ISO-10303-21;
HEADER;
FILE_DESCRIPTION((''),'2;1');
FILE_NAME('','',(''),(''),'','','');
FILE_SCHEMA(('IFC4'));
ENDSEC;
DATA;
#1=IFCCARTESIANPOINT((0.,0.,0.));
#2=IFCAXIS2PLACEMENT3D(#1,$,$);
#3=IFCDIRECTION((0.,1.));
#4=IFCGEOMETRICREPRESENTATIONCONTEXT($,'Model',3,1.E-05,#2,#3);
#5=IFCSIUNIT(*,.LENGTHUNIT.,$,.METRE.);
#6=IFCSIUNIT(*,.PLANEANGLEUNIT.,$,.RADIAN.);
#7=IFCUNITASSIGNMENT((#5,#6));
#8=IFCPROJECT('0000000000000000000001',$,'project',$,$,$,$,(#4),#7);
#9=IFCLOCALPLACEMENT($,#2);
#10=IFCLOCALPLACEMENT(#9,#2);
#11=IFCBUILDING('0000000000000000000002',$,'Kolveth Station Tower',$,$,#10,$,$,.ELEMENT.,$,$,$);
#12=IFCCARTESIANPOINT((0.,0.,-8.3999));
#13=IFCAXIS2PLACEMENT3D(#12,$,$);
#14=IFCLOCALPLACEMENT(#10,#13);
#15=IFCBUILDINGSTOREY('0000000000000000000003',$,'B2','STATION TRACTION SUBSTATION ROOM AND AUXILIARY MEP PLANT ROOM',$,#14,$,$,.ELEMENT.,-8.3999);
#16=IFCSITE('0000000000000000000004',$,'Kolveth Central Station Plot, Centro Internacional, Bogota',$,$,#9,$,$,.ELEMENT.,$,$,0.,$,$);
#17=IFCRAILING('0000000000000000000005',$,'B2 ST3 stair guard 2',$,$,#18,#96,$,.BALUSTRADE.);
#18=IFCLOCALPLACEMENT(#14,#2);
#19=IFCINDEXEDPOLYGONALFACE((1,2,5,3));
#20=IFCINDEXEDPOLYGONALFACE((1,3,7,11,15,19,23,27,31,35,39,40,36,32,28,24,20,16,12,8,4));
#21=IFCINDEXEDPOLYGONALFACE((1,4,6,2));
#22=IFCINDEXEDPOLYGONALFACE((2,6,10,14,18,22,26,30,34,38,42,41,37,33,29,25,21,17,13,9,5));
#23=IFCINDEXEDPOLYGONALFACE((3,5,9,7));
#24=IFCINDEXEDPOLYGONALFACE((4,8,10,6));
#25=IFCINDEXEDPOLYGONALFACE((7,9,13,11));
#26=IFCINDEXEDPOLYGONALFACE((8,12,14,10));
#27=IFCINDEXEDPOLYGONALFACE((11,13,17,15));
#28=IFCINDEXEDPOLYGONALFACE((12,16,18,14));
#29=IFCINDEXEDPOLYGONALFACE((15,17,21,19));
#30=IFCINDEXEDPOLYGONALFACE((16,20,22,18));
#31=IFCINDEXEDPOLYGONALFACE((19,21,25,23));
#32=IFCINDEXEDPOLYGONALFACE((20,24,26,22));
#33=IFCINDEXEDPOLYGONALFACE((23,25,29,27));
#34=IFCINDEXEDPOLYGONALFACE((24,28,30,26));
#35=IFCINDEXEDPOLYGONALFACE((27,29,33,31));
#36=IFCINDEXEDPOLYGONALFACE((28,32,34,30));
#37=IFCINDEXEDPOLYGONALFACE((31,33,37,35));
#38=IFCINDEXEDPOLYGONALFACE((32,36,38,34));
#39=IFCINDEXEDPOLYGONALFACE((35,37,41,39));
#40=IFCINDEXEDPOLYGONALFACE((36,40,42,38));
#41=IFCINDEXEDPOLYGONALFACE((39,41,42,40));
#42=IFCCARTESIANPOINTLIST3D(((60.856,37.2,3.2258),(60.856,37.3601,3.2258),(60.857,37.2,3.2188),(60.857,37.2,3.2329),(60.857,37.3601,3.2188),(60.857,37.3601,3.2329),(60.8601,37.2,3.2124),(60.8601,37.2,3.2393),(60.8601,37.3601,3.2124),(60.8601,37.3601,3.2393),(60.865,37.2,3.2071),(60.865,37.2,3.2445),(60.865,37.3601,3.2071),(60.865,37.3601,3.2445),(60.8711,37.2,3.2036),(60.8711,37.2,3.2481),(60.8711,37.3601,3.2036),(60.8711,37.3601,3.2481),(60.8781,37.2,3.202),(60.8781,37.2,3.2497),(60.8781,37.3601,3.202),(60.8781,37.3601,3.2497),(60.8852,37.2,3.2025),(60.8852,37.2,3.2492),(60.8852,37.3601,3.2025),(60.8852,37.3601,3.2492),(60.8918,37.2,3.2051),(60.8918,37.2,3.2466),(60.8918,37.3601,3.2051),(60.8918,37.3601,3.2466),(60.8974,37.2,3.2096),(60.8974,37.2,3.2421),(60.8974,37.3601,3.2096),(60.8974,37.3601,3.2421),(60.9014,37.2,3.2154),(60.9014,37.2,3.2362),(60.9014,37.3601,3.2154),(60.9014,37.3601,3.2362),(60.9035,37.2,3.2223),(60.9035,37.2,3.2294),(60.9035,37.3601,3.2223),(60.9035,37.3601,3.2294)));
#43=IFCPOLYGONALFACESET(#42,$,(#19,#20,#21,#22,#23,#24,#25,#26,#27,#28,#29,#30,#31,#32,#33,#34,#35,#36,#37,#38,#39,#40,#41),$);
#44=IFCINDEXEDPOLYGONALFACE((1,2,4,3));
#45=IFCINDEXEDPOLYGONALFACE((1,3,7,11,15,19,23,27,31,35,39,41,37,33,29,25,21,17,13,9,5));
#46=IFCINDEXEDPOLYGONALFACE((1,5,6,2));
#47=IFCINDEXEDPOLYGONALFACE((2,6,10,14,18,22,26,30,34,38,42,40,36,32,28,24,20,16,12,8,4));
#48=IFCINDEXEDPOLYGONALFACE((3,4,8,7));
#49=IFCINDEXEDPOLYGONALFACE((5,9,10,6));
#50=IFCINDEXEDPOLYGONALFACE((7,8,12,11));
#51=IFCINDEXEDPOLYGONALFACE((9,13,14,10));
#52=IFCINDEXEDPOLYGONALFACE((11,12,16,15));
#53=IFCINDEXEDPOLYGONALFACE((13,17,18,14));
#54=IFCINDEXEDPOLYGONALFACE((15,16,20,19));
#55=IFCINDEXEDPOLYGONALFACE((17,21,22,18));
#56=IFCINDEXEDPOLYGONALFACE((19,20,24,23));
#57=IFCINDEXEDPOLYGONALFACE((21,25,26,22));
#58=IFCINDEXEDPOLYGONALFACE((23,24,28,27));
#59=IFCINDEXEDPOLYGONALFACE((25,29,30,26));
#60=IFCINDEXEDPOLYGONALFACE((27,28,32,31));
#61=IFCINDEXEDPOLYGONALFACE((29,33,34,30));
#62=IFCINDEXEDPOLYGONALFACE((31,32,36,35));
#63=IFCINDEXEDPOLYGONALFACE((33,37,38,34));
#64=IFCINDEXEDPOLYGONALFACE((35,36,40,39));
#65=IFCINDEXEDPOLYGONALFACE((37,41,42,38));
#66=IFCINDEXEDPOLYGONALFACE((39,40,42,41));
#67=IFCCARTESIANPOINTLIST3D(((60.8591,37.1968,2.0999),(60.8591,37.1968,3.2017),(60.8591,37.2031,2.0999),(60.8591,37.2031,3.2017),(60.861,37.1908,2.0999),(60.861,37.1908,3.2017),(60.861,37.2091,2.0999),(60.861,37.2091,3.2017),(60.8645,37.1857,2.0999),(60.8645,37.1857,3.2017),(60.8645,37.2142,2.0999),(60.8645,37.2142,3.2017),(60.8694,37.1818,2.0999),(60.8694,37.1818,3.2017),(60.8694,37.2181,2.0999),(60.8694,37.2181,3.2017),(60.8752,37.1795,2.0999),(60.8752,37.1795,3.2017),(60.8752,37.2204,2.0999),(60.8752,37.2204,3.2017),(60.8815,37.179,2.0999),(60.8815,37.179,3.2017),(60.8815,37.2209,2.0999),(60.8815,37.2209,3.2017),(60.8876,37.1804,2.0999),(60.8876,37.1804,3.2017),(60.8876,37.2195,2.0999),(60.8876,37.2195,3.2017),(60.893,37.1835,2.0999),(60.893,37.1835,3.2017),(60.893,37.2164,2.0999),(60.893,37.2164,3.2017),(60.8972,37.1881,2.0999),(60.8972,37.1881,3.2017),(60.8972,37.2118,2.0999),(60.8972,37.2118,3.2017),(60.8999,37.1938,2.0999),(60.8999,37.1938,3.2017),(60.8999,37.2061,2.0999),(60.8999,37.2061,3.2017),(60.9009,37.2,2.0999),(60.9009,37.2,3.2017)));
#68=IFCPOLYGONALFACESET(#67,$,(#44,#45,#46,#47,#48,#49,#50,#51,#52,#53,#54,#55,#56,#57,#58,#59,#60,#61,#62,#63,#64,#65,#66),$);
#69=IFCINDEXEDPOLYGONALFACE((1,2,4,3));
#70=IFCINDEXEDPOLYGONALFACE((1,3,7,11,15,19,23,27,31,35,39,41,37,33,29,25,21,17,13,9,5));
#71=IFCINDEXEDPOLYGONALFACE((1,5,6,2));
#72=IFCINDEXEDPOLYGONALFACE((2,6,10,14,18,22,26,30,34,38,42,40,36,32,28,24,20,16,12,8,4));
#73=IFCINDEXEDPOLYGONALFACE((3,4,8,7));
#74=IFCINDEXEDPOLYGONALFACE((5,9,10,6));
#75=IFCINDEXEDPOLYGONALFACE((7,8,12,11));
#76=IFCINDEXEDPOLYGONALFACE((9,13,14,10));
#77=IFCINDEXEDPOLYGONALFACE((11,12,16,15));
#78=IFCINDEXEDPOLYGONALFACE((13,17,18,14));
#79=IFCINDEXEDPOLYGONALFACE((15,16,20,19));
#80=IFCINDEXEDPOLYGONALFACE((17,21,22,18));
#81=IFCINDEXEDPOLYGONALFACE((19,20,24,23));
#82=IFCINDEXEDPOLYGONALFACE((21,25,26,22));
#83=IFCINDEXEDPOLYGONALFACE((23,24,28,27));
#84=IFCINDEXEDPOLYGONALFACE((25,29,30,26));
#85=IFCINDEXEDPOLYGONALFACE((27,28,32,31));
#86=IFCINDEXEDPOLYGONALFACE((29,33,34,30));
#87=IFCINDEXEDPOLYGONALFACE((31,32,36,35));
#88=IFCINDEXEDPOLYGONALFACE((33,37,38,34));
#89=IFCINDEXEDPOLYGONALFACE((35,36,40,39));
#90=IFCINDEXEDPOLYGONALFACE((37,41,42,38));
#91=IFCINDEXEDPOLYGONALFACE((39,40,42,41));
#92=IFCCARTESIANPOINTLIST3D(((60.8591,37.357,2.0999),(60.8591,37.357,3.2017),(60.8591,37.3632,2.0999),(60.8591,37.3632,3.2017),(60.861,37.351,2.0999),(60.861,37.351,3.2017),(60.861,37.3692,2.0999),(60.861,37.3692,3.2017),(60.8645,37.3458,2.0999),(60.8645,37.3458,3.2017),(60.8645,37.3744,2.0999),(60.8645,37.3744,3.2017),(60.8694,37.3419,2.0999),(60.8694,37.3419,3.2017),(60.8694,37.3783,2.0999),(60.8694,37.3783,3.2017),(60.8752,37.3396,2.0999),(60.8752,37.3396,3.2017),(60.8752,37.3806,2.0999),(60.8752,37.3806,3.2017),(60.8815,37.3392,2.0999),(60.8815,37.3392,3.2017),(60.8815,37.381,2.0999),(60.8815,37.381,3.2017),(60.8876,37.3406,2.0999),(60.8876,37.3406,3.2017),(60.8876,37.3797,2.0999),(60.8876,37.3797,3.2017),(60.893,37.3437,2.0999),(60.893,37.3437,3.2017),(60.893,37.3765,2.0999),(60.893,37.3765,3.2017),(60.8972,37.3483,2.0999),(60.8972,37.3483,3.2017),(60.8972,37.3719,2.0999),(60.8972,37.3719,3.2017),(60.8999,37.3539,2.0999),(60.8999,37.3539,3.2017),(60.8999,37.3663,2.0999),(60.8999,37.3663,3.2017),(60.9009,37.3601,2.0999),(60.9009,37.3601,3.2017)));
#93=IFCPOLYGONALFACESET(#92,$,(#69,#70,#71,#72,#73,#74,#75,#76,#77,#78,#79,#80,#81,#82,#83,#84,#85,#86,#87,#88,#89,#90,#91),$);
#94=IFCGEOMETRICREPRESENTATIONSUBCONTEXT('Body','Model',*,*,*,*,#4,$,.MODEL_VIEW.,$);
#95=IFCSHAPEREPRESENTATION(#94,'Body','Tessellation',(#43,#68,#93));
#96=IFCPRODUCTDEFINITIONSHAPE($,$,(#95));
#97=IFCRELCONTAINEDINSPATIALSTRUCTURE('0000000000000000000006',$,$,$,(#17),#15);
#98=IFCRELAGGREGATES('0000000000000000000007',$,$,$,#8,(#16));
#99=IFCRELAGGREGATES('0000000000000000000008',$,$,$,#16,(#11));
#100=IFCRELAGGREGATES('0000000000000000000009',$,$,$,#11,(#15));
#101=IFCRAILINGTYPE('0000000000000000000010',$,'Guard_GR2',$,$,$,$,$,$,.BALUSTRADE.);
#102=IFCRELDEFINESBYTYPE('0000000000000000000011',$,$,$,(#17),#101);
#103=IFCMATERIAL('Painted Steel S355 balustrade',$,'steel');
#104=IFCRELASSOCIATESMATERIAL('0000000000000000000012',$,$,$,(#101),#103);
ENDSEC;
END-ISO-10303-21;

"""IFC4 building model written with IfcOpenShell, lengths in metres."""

from ifc_helpers import new_model, si_unit, direction, frame, origin, origin_2d, place, context, subcontext, project, spatial, circle, extrude, material, type_object, element, save


model = new_model("IFC4")

# Units and contexts
model_context = context("Model", 3, precision=1e-05, world=origin(), true_north=direction((0.0, 1.0)))
body_context = subcontext(model_context, "Body", "Model", "MODEL_VIEW")
ifc_project = project(units=[si_unit("LENGTHUNIT", "METRE"), si_unit("PLANEANGLEUNIT", "RADIAN")], contexts=[model_context])

# Site, building, storey
site_placement = place(None, origin())
site = spatial("IfcSite", under=ifc_project, at=site_placement, Name="Kolveth Central Station Plot, Centro Internacional, Bogota", CompositionType="ELEMENT", RefElevation=0.0)
building_placement = place(site_placement, origin())
building = spatial("IfcBuilding", under=site, at=building_placement, Name="Kolveth Station Tower", CompositionType="ELEMENT")
storey_placement = place(building_placement, frame((0.0, 0.0, -8.3999)))
storey = spatial("IfcBuildingStorey", under=building, at=storey_placement, Name="B2", Description="STATION TRACTION SUBSTATION ROOM AND AUXILIARY MEP PLANT ROOM", CompositionType="ELEMENT", Elevation=-8.3999)

# Railing
ifc_material_1 = material(Name="Painted Steel S355 balustrade", Category="steel")
railing_type_1 = type_object("IfcRailingType", Name="Guard_GR2", PredefinedType="BALUSTRADE", material=ifc_material_1)
railing_1_placement = place(storey_placement, frame((60.8799, 37.2, 2.0999)))
element("IfcRailing", 1, at=railing_1_placement, inside=storey, type_object=railing_type_1, Name="B2 ST3 stair guard 2", PredefinedType="BALUSTRADE", context=body_context, shape_type="SweptSolid", body=[
    extrude(circle(Radius=0.0239, at=origin_2d()), frame((0.0, 0.0, 1.126), z_axis=(0.0, 1.0, 0.0), x_axis=(-1.0, 0.0, 0.0)), (0.0, 0.0, 1.0), 0.1602),
    extrude(circle(Radius=0.021, at=origin_2d()), origin(), (0.0, 0.0, 1.0), 1.1018),
    extrude(circle(Radius=0.021, at=origin_2d()), frame((0.0, 0.1602, 0.0)), (0.0, 0.0, 1.0), 1.1018),
])

save(model, "model.ifc")
